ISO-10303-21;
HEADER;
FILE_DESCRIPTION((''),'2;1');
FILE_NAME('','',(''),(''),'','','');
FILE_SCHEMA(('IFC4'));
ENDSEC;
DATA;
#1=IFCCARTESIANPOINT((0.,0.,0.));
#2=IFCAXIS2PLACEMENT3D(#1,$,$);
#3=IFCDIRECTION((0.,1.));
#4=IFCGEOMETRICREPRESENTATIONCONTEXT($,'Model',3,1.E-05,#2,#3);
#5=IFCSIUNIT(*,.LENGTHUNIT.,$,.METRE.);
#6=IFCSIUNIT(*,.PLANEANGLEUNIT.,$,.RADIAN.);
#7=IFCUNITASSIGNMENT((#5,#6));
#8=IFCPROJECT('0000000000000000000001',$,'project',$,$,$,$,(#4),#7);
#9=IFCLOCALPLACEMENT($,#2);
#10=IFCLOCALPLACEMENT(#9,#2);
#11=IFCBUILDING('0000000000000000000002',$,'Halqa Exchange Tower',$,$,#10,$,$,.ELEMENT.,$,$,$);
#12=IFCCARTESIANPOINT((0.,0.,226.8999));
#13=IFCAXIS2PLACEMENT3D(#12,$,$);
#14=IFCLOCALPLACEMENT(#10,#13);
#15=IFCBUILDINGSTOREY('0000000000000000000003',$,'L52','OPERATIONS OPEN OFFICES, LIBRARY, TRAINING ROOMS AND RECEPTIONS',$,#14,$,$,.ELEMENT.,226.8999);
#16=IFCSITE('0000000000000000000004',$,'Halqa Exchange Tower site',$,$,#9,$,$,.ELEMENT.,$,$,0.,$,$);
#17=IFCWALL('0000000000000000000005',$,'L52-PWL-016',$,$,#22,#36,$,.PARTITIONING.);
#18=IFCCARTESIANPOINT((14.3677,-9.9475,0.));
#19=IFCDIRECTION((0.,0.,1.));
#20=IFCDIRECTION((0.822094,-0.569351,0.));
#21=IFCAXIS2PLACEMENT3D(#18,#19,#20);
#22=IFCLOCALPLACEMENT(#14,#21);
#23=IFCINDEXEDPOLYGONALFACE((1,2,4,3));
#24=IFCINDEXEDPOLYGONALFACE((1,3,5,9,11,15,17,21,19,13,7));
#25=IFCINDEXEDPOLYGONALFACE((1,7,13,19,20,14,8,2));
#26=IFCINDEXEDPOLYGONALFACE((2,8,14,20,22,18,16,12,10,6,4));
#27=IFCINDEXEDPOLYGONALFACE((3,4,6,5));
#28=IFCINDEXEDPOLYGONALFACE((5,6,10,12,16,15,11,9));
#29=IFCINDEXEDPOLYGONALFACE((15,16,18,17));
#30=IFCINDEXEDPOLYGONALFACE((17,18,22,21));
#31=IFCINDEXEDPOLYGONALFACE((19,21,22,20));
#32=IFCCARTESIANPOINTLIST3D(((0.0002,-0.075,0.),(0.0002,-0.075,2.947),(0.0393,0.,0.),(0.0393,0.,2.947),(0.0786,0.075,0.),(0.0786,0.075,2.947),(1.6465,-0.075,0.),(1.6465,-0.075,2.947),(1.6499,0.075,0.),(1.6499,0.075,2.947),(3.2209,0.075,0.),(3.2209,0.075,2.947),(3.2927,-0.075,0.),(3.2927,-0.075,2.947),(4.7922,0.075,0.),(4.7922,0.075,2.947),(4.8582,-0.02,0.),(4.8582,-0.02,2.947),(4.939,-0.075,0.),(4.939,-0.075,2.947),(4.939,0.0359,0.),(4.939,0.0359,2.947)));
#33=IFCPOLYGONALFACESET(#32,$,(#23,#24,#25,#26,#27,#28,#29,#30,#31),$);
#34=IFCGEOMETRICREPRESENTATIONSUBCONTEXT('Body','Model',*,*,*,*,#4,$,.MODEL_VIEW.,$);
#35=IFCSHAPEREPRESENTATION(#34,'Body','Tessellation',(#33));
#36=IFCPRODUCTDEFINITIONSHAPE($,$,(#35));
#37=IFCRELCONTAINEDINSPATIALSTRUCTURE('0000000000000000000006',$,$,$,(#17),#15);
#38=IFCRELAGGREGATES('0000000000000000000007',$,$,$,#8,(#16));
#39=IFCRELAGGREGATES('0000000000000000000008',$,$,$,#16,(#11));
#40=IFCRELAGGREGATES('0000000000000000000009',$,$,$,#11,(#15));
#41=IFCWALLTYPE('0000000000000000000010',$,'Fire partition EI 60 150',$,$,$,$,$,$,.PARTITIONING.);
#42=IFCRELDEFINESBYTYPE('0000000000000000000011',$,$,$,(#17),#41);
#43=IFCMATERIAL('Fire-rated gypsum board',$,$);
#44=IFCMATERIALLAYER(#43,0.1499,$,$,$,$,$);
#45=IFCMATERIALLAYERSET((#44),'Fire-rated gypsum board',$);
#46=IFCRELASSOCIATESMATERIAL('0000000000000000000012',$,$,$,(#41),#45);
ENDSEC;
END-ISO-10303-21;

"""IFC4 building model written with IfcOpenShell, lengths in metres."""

from ifc_helpers import new_model, si_unit, direction, frame, origin, place, context, subcontext, project, spatial, polyline, outline, extrude, material, layer, layer_set, type_object, element, save


model = new_model("IFC4")

# Units and contexts
model_context = context("Model", 3, precision=1e-05, world=origin(), true_north=direction((0.0, 1.0)))
body_context = subcontext(model_context, "Body", "Model", "MODEL_VIEW")
ifc_project = project(units=[si_unit("LENGTHUNIT", "METRE"), si_unit("PLANEANGLEUNIT", "RADIAN")], contexts=[model_context])

# Site, building, storey
site_placement = place(None, origin())
site = spatial("IfcSite", under=ifc_project, at=site_placement, Name="Halqa Exchange Tower site", CompositionType="ELEMENT", RefElevation=0.0)
building_placement = place(site_placement, origin())
building = spatial("IfcBuilding", under=site, at=building_placement, Name="Halqa Exchange Tower", CompositionType="ELEMENT")
storey_placement = place(building_placement, frame((0.0, 0.0, 226.8999)))
storey = spatial("IfcBuildingStorey", under=building, at=storey_placement, Name="L52", Description="OPERATIONS OPEN OFFICES, LIBRARY, TRAINING ROOMS AND RECEPTIONS", CompositionType="ELEMENT", Elevation=226.8999)

# Wall
ifc_material_1 = material(Name="Fire-rated gypsum board")
ifc_layer_1 = layer(ifc_material_1, 0.1499)
ifc_layer_set_1 = layer_set([ifc_layer_1], Name="Fire-rated gypsum board")
wall_type_1 = type_object("IfcWallType", Name="Fire partition EI 60 150", PredefinedType="PARTITIONING", material=ifc_layer_set_1)
wall_1_placement = place(storey_placement, frame((14.3677, -9.9475, 0.0), z_axis=(0.0, 0.0, 1.0), x_axis=(0.822094, -0.569351, 0.0)))
element("IfcWall", 1, at=wall_1_placement, inside=storey, type_object=wall_type_1, Name="L52-PWL-016", PredefinedType="PARTITIONING", context=body_context, shape_type="SweptSolid", body=[
    extrude(outline(polyline([(4.939, -0.075), (4.939, 0.0359), (4.8582, -0.02), (4.7922, 0.075), (3.2209, 0.075), (1.6499, 0.075), (0.0786, 0.075), (0.0393, 0.0), (0.0002, -0.075), (1.6465, -0.075), (3.2927, -0.075), (4.939, -0.075)])), origin(), (0.0, 0.0, 1.0), 2.947),
])

save(model, "model.ifc")
